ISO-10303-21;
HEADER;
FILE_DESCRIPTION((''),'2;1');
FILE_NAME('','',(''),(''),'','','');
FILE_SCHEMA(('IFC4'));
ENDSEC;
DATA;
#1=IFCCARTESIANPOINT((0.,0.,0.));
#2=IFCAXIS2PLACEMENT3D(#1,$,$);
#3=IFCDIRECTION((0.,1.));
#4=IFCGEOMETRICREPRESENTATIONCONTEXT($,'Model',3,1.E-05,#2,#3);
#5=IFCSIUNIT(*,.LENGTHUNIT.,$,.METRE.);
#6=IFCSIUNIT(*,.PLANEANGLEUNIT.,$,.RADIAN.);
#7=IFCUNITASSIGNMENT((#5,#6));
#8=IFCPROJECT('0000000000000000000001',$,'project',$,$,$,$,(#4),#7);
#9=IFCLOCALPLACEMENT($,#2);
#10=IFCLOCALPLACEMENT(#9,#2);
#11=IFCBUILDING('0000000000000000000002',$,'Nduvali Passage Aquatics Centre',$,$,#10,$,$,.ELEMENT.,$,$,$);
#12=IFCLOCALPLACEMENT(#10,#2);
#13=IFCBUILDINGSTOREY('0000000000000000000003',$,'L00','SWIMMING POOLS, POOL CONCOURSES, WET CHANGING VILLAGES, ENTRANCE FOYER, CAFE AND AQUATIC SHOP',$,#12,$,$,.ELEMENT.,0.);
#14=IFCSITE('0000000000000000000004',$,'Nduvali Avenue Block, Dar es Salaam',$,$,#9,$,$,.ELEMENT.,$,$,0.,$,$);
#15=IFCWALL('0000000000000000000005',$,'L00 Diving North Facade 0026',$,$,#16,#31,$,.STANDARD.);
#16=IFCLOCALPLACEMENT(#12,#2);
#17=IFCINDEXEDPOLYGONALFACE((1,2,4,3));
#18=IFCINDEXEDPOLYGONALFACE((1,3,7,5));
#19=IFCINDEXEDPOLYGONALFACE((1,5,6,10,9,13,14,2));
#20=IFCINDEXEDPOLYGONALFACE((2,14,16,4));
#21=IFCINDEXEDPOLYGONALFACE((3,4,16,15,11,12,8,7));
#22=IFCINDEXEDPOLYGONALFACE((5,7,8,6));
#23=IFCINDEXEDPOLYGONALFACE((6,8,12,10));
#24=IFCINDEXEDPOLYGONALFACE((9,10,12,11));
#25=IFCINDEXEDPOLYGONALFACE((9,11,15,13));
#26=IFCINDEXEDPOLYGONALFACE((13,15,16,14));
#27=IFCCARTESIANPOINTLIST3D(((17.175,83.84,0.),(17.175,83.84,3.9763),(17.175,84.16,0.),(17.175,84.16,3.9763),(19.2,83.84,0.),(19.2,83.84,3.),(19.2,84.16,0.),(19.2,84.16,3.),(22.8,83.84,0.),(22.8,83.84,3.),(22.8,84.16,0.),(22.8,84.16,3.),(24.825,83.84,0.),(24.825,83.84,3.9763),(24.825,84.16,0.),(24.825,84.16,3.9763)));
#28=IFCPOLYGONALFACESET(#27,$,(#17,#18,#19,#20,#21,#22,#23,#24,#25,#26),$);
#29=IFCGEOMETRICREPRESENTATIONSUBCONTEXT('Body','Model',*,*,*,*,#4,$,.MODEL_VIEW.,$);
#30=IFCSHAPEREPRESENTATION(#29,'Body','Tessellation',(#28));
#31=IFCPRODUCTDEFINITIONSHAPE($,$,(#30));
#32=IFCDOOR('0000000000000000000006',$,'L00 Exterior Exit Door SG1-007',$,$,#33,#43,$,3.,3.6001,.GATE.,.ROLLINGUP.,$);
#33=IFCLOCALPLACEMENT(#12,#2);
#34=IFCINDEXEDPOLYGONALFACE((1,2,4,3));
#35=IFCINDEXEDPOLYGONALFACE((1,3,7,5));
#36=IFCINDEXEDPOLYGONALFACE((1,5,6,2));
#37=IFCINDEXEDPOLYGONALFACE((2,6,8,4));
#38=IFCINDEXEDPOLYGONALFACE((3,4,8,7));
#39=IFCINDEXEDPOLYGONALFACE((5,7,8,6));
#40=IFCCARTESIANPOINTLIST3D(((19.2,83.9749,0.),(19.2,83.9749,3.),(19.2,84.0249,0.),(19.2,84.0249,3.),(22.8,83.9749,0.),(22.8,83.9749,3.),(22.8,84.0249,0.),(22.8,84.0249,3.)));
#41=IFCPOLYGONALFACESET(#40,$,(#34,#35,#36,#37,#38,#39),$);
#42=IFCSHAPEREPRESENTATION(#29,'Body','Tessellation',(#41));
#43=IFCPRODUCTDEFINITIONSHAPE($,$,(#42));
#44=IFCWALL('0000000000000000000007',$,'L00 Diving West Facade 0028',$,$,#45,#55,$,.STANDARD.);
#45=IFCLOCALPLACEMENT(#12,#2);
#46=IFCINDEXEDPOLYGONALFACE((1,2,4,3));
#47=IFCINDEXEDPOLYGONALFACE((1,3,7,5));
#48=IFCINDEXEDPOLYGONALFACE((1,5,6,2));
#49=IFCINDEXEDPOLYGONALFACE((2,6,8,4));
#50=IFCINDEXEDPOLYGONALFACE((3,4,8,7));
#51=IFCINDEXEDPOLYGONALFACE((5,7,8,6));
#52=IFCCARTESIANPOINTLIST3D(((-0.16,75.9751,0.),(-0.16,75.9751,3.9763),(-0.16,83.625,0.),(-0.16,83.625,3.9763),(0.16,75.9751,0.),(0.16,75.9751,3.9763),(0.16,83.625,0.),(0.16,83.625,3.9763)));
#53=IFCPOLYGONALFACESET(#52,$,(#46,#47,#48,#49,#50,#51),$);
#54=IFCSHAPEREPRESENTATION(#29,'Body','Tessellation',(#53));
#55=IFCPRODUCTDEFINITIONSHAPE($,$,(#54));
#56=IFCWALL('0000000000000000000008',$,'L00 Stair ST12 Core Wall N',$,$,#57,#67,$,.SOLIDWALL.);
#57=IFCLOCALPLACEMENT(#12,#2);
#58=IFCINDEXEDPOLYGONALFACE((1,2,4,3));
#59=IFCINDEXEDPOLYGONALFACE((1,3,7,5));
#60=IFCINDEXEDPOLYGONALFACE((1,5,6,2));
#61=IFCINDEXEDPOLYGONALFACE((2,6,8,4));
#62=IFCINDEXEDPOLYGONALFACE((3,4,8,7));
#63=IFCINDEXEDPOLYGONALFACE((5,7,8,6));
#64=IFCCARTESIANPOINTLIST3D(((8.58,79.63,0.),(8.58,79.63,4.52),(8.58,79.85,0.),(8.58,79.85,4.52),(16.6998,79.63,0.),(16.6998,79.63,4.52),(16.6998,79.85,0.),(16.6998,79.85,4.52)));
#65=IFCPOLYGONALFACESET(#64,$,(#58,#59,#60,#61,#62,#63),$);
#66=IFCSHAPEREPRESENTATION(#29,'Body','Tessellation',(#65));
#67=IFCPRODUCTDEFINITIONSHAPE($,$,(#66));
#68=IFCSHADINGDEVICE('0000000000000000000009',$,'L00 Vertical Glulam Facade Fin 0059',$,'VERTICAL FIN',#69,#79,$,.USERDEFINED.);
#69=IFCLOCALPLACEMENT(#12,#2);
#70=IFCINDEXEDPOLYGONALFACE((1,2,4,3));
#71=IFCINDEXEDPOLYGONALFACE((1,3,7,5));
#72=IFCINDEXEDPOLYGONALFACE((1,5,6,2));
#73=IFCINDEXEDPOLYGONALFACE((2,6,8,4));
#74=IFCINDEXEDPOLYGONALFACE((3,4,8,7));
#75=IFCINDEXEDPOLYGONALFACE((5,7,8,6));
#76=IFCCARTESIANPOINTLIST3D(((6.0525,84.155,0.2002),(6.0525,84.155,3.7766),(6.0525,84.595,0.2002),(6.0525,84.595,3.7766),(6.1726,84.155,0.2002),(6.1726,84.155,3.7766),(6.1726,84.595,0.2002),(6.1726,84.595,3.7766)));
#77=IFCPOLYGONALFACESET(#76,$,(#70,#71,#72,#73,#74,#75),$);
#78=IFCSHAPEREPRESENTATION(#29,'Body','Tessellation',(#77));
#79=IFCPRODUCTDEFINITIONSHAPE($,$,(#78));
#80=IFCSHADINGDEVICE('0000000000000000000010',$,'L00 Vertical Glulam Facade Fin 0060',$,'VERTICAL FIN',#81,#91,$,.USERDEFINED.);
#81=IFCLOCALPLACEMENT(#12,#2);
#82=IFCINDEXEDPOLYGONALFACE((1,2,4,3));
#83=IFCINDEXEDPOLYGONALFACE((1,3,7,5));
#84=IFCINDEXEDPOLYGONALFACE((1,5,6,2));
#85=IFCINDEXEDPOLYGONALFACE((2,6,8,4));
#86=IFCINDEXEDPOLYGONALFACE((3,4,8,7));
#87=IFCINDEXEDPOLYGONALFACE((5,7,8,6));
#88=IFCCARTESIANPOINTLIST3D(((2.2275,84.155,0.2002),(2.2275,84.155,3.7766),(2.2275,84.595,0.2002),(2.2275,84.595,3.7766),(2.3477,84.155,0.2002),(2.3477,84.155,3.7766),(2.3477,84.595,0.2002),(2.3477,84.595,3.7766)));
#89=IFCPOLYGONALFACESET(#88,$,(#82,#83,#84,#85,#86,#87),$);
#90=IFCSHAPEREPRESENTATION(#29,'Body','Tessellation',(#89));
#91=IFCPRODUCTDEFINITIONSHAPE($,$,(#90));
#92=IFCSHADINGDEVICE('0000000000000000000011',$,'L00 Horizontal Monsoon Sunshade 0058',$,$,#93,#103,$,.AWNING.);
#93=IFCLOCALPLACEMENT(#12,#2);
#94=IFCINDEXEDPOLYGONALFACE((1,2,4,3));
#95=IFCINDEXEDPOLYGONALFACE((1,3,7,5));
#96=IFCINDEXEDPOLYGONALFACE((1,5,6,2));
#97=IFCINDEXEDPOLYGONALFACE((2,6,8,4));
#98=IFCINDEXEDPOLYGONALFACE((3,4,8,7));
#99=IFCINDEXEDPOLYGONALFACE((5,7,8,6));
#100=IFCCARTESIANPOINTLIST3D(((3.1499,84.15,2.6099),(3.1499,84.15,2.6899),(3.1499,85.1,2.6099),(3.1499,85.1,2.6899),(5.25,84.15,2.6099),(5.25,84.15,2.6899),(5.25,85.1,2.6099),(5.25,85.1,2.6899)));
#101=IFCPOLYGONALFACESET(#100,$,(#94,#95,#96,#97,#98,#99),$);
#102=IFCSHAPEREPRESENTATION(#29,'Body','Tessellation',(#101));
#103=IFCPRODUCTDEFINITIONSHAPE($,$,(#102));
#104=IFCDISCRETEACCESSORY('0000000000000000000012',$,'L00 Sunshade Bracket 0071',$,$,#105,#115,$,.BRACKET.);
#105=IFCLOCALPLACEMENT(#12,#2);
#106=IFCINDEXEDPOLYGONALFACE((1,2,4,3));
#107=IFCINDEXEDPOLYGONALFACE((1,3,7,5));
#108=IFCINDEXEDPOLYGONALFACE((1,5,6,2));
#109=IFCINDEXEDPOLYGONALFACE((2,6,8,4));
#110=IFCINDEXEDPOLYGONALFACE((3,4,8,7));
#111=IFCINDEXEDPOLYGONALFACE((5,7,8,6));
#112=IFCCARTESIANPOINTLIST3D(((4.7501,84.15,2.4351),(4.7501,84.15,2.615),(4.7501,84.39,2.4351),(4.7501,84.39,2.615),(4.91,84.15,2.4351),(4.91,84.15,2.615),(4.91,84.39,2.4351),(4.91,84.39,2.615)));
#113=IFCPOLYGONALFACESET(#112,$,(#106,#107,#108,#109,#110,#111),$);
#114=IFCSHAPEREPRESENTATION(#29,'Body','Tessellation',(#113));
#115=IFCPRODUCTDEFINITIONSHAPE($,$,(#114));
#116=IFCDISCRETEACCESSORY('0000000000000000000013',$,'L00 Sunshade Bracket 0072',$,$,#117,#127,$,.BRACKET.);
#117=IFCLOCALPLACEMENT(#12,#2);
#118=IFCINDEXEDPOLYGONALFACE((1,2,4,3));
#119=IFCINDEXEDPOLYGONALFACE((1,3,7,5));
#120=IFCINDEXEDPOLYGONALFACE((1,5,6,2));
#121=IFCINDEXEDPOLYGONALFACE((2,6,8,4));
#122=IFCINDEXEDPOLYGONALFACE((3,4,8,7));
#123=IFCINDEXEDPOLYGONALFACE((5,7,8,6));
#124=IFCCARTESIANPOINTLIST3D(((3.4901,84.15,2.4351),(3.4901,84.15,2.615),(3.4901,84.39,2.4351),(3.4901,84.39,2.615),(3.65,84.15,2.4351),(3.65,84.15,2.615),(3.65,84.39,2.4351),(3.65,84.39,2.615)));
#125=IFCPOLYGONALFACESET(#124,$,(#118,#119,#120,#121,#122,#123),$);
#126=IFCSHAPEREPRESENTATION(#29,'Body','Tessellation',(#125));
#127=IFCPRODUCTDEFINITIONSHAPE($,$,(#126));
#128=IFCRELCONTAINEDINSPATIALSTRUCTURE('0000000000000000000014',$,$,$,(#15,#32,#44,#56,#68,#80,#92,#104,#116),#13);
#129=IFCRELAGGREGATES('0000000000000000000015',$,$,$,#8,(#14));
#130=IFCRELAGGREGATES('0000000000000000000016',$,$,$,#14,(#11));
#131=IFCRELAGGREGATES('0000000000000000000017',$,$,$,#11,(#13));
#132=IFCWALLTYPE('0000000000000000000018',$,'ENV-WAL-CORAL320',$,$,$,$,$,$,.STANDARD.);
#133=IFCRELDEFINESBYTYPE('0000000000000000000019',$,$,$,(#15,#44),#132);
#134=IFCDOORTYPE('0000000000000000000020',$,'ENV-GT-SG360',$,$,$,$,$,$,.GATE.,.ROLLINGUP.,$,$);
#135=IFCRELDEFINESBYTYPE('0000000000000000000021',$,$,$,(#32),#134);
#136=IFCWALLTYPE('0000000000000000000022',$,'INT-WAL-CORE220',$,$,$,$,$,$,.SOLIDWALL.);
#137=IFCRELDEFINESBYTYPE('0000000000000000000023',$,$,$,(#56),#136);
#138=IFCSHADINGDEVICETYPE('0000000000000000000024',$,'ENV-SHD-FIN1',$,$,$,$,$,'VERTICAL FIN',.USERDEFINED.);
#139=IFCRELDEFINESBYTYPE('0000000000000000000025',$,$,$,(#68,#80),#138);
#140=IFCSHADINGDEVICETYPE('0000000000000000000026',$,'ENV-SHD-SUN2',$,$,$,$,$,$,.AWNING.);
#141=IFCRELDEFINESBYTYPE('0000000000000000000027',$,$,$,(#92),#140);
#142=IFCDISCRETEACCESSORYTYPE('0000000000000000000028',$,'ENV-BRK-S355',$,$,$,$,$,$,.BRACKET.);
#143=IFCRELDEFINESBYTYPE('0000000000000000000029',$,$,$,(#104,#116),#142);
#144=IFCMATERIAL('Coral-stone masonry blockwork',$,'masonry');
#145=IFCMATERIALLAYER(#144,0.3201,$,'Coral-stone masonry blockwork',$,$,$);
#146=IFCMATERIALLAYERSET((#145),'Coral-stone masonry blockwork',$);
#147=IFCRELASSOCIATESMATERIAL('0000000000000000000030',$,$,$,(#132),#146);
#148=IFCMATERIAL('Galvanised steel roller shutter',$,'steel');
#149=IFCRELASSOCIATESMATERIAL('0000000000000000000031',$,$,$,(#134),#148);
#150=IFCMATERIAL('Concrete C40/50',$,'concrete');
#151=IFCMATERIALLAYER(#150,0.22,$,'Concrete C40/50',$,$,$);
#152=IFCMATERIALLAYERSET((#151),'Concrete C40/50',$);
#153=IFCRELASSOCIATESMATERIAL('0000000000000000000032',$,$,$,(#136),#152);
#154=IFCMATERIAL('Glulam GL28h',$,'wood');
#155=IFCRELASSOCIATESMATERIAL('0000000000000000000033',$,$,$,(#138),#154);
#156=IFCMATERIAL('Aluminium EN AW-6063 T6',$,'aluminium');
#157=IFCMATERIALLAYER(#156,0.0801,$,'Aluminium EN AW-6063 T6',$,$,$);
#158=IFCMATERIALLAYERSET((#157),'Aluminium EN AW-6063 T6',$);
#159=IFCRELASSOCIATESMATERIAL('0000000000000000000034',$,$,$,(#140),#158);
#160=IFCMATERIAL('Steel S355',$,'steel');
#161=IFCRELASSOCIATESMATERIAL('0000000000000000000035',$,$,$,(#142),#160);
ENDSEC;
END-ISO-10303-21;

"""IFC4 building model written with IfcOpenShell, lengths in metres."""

from ifc_helpers import new_model, si_unit, direction, frame, frame_2d, origin, origin_2d, place, context, subcontext, project, spatial, rectangle, extrude, material, layer, layer_set, type_object, element, fill, save


model = new_model("IFC4")

# Units and contexts
model_context = context("Model", 3, precision=1e-05, world=origin(), true_north=direction((0.0, 1.0)))
body_context = subcontext(model_context, "Body", "Model", "MODEL_VIEW")
ifc_project = project(units=[si_unit("LENGTHUNIT", "METRE"), si_unit("PLANEANGLEUNIT", "RADIAN")], contexts=[model_context])

# Site, building, storey
site_placement = place(None, origin())
site = spatial("IfcSite", under=ifc_project, at=site_placement, Name="Nduvali Avenue Block, Dar es Salaam", CompositionType="ELEMENT", RefElevation=0.0)
building_placement = place(site_placement, origin())
building = spatial("IfcBuilding", under=site, at=building_placement, Name="Nduvali Passage Aquatics Centre", CompositionType="ELEMENT")
storey_placement = place(building_placement, origin())
storey = spatial("IfcBuildingStorey", under=building, at=storey_placement, Name="L00", Description="SWIMMING POOLS, POOL CONCOURSES, WET CHANGING VILLAGES, ENTRANCE FOYER, CAFE AND AQUATIC SHOP", CompositionType="ELEMENT", Elevation=0.0)

# Shared definitions
ifc_material_1 = material(Name="Concrete C40/50", Category="concrete")

# Shared definitions
ifc_material_2 = material(Name="Aluminium EN AW-6063 T6", Category="aluminium")

# Shared definitions
ifc_material_3 = material(Name="Steel S355", Category="steel")

# Shared definitions
ifc_material_4 = material(Name="Coral-stone masonry blockwork", Category="masonry")
ifc_layer_1 = layer(ifc_material_4, 0.3201, Name="Coral-stone masonry blockwork")
ifc_layer_set_1 = layer_set([ifc_layer_1], Name="Coral-stone masonry blockwork")
wall_type_1 = type_object("IfcWallType", Name="ENV-WAL-CORAL320", PredefinedType="STANDARD", material=ifc_layer_set_1)

# Wall, opening, door
wall_1_placement = place(storey_placement, frame((24.825, 84.0, 0.0), z_axis=(0.0, 0.0, 1.0), x_axis=(-1.0, 0.0, 0.0)))
wall_1 = element("IfcWall", 1, at=wall_1_placement, inside=storey, type_object=wall_type_1, Name="L00 Diving North Facade 0026", PredefinedType="STANDARD", context=body_context, shape_type="SweptSolid", body=[
    extrude(rectangle(XDim=7.6499, YDim=0.3201, at=frame_2d((3.825, 0.0))), origin(), (0.0, 0.0, 1.0), 3.9763),
])
opening_1_placement = place(wall_1_placement, frame((2.0249, 0.0, 0.0)))
opening_1 = element("IfcOpeningElement", 2, at=opening_1_placement, cuts=wall_1, PredefinedType="OPENING", context=body_context, shape_type="SweptSolid", body=[
    extrude(rectangle(XDim=3.6001, YDim=3.0, at=frame_2d((1.8, 1.5))), frame((0.0, 0.1748, 0.0), z_axis=(0.0, -1.0, 0.0), x_axis=(1.0, 0.0, 0.0)), (0.0, 0.0, 1.0), 0.3499),
])
ifc_material_5 = material(Name="Galvanised steel roller shutter", Category="steel")
door_type_1 = type_object("IfcDoorType", Name="ENV-GT-SG360", OperationType="ROLLINGUP", PredefinedType="GATE", material=ifc_material_5)
door_1_placement = place(opening_1_placement, frame((3.6001, 0.0, 0.0), z_axis=(0.0, 0.0, 1.0), x_axis=(-1.0, 0.0, 0.0)))
door_1 = element("IfcDoor", 3, at=door_1_placement, inside=storey, type_object=door_type_1, Name="L00 Exterior Exit Door SG1-007", OperationType="ROLLINGUP", OverallHeight=3.0, OverallWidth=3.6001, PredefinedType="GATE", context=body_context, shape_type="SweptSolid", body=[
    extrude(rectangle(XDim=3.6001, YDim=3.0, at=frame_2d((1.8, 1.5))), frame((0.0, 0.0249, 0.0), z_axis=(0.0, -1.0, 0.0), x_axis=(1.0, 0.0, 0.0)), (0.0, 0.0, 1.0), 0.05),
])
fill(opening_1, door_1)

# Walls
wall_2_placement = place(storey_placement, frame((0.0, 83.625, 0.0), z_axis=(0.0, 0.0, 1.0), x_axis=(0.0, -1.0, 0.0)))
element("IfcWall", 4, at=wall_2_placement, inside=storey, type_object=wall_type_1, Name="L00 Diving West Facade 0028", PredefinedType="STANDARD", context=body_context, shape_type="SweptSolid", body=[
    extrude(rectangle(XDim=7.6499, YDim=0.3201, at=frame_2d((3.825, 0.0))), origin(), (0.0, 0.0, 1.0), 3.9763),
])
ifc_layer_2 = layer(ifc_material_1, 0.22, Name="Concrete C40/50")
ifc_layer_set_2 = layer_set([ifc_layer_2], Name="Concrete C40/50")
wall_type_2 = type_object("IfcWallType", Name="INT-WAL-CORE220", PredefinedType="SOLIDWALL", material=ifc_layer_set_2)
wall_3_placement = place(storey_placement, frame((16.7, 79.74, 0.0), z_axis=(0.0, 0.0, 1.0), x_axis=(-1.0, 0.0, 0.0)))
element("IfcWall", 5, at=wall_3_placement, inside=storey, type_object=wall_type_2, Name="L00 Stair ST12 Core Wall N", PredefinedType="SOLIDWALL", context=body_context, shape_type="SweptSolid", body=[
    extrude(rectangle(XDim=8.1199, YDim=0.22, at=frame_2d((4.0601, 0.0))), origin(), (0.0, 0.0, 1.0), 4.52),
])

# Shading devices
ifc_material_6 = material(Name="Glulam GL28h", Category="wood")
shading_device_type_1 = type_object("IfcShadingDeviceType", Name="ENV-SHD-FIN1", ElementType="VERTICAL FIN", PredefinedType="USERDEFINED", material=ifc_material_6)
for number, where, z_axis, x_axis, name in (
    (6, (6.1125, 84.375, 0.2002), (0.0, 0.0, 1.0), (-1.0, 0.0, 0.0), "L00 Vertical Glulam Facade Fin 0059"),
    (7, (2.2876, 84.375, 0.2002), (0.0, 0.0, 1.0), (-1.0, 0.0, 0.0), "L00 Vertical Glulam Facade Fin 0060"),
):
    element("IfcShadingDevice", number, at=place(storey_placement, frame(where, z_axis=z_axis, x_axis=x_axis)), inside=storey, type_object=shading_device_type_1, Name=name, ObjectType="VERTICAL FIN", PredefinedType="USERDEFINED", context=body_context, shape_type="SweptSolid", body=[
        extrude(rectangle(XDim=0.1201, YDim=0.4399, at=origin_2d()), origin(), (0.0, 0.0, 1.0), 3.5764),
    ])
ifc_layer_3 = layer(ifc_material_2, 0.0801, Name="Aluminium EN AW-6063 T6")
ifc_layer_set_3 = layer_set([ifc_layer_3], Name="Aluminium EN AW-6063 T6")
shading_device_type_2 = type_object("IfcShadingDeviceType", Name="ENV-SHD-SUN2", PredefinedType="AWNING", material=ifc_layer_set_3)
shading_device_placement = place(storey_placement, frame((4.2, 84.625, 2.6099), z_axis=(0.0, 0.0, 1.0), x_axis=(-1.0, 0.0, 0.0)))
element("IfcShadingDevice", 8, at=shading_device_placement, inside=storey, type_object=shading_device_type_2, Name="L00 Horizontal Monsoon Sunshade 0058", PredefinedType="AWNING", context=body_context, shape_type="SweptSolid", body=[
    extrude(rectangle(XDim=2.1001, YDim=0.95, at=origin_2d()), origin(), (0.0, 0.0, 1.0), 0.0801),
])

# Discrete accessories
discrete_accessory_type = type_object("IfcDiscreteAccessoryType", Name="ENV-BRK-S355", PredefinedType="BRACKET", material=ifc_material_3)
for number, where, z_axis, x_axis, name in (
    (9, (4.8301, 84.27, 2.4351), (0.0, 0.0, 1.0), (-1.0, 0.0, 0.0), "L00 Sunshade Bracket 0071"),
    (10, (3.5701, 84.27, 2.4351), (0.0, 0.0, 1.0), (-1.0, 0.0, 0.0), "L00 Sunshade Bracket 0072"),
):
    element("IfcDiscreteAccessory", number, at=place(storey_placement, frame(where, z_axis=z_axis, x_axis=x_axis)), inside=storey, type_object=discrete_accessory_type, Name=name, PredefinedType="BRACKET", context=body_context, shape_type="SweptSolid", body=[
        extrude(rectangle(XDim=0.1599, YDim=0.24, at=origin_2d()), origin(), (0.0, 0.0, 1.0), 0.1799),
    ])

save(model, "model.ifc")
